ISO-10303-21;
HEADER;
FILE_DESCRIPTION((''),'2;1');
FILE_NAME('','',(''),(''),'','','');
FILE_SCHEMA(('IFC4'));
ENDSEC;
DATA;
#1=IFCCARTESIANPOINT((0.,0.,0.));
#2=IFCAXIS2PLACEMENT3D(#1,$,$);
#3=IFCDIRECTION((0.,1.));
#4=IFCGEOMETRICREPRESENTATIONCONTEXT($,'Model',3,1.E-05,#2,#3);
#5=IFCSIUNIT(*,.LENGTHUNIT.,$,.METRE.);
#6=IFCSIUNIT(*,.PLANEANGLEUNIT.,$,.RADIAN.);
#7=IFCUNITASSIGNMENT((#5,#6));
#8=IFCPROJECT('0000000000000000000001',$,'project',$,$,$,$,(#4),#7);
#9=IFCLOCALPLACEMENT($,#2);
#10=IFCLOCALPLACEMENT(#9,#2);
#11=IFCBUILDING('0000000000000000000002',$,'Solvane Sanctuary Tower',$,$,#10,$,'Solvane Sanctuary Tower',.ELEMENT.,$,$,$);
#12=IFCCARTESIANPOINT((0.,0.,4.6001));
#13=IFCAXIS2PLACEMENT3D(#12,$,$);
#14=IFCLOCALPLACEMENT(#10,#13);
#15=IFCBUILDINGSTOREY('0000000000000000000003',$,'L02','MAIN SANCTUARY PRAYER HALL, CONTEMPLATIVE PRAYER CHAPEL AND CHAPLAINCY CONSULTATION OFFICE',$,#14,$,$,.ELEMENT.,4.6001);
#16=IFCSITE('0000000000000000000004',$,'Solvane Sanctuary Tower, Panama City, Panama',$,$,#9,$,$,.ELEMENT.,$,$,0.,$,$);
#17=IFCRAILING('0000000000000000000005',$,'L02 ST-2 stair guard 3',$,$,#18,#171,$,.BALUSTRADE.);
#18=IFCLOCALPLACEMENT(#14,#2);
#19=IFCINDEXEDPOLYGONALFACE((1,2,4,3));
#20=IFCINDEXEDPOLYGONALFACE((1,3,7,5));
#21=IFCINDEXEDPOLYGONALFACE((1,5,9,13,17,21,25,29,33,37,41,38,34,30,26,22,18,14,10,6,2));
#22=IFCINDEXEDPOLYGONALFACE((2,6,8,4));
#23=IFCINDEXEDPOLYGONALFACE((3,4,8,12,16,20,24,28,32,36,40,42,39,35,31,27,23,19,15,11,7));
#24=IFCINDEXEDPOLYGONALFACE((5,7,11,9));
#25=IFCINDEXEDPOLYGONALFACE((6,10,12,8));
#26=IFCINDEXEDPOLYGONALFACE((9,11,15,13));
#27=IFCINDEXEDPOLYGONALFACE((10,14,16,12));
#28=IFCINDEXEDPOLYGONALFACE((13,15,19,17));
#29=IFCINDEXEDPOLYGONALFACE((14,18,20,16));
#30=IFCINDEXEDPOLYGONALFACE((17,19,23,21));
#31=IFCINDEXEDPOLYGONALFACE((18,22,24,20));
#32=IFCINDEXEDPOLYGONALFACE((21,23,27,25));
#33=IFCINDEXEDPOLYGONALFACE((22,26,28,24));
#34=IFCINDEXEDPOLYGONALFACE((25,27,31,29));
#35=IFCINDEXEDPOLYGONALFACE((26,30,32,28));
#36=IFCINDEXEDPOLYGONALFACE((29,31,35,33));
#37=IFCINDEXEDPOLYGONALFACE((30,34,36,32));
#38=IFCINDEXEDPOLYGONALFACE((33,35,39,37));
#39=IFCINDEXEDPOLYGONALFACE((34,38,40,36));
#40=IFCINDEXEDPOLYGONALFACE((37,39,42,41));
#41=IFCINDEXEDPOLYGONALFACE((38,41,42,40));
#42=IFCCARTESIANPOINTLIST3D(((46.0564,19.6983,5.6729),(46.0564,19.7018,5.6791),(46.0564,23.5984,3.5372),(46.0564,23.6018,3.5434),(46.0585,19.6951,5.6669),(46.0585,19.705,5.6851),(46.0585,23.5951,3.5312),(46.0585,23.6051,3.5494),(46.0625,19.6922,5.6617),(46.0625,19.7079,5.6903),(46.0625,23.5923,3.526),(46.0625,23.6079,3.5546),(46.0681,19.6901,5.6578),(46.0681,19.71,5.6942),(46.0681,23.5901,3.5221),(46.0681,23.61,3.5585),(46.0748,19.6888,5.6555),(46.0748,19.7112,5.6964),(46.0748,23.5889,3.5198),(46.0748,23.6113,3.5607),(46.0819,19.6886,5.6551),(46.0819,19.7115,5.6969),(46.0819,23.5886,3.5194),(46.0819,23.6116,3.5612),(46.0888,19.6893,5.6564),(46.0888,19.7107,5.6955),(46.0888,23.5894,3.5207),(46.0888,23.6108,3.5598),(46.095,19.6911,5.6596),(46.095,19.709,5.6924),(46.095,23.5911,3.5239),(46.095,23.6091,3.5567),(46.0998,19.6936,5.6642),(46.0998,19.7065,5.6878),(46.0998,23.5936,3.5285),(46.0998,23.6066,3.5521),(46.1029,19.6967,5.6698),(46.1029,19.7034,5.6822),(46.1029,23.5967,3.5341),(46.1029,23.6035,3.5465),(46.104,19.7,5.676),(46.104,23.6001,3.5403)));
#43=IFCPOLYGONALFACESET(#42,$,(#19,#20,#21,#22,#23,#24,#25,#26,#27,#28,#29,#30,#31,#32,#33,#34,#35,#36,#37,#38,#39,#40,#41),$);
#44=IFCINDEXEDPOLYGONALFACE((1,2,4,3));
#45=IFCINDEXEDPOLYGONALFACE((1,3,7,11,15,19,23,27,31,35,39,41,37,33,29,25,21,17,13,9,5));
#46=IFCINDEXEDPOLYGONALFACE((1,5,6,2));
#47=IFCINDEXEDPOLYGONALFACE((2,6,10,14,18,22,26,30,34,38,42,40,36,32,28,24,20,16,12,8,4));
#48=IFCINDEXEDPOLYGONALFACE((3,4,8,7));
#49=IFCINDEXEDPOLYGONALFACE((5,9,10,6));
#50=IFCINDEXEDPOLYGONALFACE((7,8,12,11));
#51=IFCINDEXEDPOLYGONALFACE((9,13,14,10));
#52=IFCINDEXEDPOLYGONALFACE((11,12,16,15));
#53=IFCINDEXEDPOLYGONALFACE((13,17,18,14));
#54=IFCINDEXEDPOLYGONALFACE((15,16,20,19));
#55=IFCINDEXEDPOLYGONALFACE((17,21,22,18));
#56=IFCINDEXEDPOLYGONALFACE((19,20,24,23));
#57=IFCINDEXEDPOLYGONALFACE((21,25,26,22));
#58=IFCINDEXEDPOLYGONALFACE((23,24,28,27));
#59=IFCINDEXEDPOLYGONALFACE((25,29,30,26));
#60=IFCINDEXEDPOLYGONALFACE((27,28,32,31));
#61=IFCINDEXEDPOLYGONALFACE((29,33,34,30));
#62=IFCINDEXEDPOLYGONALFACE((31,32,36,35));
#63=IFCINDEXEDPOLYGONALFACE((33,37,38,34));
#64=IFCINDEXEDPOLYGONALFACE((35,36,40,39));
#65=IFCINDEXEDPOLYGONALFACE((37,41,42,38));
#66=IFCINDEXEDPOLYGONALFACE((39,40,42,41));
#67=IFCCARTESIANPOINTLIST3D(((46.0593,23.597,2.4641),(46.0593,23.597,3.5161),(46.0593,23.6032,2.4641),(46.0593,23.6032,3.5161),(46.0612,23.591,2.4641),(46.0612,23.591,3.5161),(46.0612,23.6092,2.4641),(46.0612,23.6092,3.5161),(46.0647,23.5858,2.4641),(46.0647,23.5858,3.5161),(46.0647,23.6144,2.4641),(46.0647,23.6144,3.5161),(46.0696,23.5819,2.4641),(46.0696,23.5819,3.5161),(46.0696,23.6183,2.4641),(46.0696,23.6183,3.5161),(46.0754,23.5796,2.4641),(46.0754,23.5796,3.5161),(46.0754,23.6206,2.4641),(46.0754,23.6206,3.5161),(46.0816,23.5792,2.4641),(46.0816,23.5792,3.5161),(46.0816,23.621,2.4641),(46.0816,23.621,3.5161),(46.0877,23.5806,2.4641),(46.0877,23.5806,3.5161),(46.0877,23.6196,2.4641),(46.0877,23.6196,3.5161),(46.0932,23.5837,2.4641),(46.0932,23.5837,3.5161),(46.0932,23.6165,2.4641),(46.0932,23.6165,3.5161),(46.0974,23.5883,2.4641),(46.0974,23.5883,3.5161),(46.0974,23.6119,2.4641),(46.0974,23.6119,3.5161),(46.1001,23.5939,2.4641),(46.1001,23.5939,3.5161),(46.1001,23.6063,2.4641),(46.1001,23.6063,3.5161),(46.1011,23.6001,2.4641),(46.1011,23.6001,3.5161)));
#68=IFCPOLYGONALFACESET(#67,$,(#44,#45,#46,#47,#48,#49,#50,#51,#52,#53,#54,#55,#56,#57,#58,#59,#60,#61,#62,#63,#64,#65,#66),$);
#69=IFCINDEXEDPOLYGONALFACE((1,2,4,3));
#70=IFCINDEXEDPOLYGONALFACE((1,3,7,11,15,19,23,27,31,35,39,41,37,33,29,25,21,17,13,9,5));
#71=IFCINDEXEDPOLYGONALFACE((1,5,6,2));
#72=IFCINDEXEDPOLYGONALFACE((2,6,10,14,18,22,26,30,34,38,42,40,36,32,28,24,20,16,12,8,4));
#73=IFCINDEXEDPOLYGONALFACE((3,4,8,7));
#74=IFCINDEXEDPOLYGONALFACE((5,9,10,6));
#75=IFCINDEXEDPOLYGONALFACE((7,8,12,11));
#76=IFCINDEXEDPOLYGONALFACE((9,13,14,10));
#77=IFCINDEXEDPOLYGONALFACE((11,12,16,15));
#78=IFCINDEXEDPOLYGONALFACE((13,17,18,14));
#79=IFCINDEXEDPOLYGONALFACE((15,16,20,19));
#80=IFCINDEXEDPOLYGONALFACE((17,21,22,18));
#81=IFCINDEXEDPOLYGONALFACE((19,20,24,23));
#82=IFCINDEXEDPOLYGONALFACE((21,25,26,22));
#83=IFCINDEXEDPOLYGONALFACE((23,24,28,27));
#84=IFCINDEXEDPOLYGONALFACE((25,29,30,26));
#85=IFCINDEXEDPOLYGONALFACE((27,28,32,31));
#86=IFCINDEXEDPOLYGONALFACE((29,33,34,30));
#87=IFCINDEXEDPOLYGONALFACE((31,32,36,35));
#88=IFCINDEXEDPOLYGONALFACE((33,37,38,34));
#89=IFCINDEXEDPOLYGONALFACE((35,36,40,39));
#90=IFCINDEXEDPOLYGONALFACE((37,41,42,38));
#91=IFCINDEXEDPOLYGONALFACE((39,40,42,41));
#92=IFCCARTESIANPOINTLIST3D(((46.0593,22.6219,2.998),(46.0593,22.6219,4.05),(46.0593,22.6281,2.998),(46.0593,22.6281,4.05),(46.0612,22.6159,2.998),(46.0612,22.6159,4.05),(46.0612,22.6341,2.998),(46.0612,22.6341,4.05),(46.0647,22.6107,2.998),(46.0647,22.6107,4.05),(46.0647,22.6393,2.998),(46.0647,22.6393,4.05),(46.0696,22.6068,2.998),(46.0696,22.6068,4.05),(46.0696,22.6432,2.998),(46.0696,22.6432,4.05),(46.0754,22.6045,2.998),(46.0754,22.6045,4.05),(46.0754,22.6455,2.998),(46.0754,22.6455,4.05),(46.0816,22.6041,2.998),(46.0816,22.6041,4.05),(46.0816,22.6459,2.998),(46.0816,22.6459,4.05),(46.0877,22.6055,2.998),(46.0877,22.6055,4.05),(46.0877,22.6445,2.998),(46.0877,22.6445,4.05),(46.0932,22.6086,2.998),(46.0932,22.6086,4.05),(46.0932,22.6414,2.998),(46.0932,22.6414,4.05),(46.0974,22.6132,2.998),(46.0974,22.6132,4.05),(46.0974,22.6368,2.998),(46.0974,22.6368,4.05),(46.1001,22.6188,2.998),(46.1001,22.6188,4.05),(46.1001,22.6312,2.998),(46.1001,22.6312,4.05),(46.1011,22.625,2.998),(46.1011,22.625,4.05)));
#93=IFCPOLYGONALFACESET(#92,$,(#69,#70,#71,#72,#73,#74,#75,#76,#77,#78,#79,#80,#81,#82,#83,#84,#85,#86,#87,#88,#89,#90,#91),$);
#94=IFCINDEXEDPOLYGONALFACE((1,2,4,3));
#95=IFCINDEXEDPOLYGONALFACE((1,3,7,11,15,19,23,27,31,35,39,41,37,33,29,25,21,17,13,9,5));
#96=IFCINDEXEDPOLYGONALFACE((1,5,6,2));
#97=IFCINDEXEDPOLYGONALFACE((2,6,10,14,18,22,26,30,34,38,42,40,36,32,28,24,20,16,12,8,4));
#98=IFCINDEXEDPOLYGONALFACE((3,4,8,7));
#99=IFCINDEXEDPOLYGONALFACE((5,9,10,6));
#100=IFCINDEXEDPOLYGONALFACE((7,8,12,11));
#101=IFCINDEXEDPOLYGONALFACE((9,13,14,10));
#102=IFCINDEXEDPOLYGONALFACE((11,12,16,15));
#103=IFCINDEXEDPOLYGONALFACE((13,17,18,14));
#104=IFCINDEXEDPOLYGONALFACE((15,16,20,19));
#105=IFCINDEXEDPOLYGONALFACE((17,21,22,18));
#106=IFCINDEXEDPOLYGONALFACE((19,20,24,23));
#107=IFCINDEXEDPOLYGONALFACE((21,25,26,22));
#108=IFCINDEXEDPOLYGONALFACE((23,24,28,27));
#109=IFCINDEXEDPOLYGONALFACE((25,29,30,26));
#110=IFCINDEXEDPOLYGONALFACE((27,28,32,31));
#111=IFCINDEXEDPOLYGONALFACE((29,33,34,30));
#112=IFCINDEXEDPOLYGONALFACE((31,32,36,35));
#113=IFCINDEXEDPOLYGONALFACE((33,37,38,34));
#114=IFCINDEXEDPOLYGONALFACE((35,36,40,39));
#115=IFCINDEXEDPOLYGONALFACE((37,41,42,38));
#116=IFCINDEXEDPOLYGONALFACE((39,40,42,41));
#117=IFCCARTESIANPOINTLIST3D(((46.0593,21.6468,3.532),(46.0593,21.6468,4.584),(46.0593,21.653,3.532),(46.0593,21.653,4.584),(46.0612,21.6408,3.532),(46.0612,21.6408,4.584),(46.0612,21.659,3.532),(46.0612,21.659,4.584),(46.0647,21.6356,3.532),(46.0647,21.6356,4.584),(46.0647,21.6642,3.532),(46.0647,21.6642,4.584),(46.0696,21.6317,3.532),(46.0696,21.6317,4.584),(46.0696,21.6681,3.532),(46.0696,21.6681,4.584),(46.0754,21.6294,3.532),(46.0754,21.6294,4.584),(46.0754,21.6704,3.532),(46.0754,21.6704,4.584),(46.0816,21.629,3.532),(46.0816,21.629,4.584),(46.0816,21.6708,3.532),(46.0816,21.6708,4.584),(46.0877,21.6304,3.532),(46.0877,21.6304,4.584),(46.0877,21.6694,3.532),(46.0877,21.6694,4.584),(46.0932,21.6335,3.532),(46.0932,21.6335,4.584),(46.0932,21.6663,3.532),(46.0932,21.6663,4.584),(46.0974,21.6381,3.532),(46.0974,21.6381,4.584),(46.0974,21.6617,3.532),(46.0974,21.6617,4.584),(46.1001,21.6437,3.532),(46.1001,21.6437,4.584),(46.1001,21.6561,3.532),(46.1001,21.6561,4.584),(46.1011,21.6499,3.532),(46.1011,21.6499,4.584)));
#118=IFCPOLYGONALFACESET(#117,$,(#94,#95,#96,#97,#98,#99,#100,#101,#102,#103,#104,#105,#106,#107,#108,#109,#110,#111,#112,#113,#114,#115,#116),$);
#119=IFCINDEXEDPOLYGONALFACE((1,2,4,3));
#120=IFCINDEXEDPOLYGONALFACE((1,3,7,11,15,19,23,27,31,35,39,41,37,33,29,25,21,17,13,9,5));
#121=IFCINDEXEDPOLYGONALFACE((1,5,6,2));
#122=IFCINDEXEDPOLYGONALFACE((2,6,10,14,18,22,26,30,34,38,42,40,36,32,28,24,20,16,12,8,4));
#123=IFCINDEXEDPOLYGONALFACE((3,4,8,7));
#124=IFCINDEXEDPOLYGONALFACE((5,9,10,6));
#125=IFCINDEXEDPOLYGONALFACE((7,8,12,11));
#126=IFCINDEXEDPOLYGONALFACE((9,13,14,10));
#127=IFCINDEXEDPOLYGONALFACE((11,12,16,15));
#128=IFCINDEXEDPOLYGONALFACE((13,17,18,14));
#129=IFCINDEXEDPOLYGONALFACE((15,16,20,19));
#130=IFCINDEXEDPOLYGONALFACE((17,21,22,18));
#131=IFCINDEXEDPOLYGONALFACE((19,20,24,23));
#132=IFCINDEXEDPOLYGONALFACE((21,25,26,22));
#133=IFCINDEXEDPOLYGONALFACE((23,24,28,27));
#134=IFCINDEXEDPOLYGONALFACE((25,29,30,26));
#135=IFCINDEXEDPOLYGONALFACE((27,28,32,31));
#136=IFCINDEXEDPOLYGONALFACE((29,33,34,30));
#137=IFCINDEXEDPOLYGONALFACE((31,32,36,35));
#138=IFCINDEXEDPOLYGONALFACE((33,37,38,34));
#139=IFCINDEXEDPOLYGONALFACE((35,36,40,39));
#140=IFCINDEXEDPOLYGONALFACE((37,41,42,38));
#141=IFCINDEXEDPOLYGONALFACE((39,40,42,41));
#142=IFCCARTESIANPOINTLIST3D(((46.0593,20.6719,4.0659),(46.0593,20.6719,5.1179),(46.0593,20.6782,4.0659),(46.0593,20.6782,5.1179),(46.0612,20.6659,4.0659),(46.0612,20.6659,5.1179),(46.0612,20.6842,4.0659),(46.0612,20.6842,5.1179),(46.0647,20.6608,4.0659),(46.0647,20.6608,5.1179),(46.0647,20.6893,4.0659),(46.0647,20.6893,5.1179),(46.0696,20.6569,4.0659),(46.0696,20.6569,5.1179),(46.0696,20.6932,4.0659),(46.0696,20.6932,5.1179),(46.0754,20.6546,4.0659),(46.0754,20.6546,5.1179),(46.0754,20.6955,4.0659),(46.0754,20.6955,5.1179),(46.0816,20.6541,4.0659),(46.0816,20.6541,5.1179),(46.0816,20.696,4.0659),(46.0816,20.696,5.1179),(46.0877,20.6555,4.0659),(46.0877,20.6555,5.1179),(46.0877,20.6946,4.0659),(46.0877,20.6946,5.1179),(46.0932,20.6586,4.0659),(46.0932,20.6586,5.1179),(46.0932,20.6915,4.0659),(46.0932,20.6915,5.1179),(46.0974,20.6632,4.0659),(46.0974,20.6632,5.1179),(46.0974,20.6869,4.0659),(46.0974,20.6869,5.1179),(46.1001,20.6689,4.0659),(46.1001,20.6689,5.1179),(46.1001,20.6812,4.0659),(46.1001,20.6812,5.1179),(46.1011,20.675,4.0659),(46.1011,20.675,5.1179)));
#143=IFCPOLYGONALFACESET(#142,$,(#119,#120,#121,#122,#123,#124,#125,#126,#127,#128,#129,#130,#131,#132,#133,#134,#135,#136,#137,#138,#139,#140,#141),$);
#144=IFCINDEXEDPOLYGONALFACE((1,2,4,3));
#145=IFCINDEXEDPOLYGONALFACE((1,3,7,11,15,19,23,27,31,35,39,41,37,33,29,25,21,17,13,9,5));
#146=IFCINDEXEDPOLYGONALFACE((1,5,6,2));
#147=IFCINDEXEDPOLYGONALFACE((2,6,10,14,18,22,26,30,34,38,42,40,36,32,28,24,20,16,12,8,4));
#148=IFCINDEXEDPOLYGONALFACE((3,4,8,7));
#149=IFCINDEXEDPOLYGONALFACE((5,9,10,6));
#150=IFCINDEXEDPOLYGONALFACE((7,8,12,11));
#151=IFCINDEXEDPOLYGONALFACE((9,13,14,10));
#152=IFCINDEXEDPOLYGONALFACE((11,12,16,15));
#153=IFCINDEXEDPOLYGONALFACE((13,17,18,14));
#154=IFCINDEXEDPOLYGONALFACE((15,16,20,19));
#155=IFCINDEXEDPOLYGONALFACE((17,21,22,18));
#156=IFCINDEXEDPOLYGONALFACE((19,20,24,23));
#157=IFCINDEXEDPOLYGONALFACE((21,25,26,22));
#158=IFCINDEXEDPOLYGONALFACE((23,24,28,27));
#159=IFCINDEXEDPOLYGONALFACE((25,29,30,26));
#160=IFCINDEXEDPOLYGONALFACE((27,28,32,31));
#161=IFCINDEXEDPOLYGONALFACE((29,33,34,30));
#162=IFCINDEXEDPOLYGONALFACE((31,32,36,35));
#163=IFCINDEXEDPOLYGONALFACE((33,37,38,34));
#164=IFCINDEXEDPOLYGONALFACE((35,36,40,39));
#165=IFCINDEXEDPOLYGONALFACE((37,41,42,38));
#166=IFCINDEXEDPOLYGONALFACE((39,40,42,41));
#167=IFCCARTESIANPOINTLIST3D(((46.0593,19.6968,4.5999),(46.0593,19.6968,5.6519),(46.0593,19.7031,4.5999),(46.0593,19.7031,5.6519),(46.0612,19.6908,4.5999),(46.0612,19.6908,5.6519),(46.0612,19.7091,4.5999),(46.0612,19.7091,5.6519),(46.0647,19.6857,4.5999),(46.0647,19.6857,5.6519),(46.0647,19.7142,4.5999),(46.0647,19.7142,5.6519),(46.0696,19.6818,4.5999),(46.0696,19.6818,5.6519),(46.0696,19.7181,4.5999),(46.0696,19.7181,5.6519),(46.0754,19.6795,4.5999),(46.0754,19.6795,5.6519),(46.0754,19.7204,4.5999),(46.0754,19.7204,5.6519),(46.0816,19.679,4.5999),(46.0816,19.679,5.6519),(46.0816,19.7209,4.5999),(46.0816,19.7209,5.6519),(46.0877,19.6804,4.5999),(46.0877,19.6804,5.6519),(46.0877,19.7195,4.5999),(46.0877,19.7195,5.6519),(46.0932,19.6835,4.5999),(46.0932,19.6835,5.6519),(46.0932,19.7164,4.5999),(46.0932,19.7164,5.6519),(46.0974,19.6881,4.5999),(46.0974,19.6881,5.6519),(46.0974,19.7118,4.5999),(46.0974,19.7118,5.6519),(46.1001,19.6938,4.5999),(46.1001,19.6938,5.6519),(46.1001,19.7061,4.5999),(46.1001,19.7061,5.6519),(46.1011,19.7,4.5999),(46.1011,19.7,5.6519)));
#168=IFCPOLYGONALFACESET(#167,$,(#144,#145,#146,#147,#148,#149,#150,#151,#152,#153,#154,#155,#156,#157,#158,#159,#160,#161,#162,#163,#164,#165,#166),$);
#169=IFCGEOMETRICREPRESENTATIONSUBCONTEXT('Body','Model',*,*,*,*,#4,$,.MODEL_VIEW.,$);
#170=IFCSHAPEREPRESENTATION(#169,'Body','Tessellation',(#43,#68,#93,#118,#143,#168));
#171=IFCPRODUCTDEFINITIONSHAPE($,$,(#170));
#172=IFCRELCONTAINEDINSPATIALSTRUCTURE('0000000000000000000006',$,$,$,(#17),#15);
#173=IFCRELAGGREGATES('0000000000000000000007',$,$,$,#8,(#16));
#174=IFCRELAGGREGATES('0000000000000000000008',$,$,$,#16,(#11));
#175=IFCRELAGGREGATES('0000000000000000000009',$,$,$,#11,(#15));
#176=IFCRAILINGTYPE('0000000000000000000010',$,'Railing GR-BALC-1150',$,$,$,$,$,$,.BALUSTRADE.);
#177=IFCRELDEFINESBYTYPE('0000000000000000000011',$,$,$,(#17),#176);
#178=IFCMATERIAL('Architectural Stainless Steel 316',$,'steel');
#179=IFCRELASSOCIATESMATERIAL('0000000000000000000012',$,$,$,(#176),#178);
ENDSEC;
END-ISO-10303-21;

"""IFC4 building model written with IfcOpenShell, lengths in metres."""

from ifc_helpers import new_model, si_unit, direction, frame, origin, origin_2d, place, context, subcontext, project, spatial, circle, extrude, material, type_object, element, save


model = new_model("IFC4")

# Units and contexts
model_context = context("Model", 3, precision=1e-05, world=origin(), true_north=direction((0.0, 1.0)))
body_context = subcontext(model_context, "Body", "Model", "MODEL_VIEW")
ifc_project = project(units=[si_unit("LENGTHUNIT", "METRE"), si_unit("PLANEANGLEUNIT", "RADIAN")], contexts=[model_context])

# Site, building, storey
site_placement = place(None, origin())
site = spatial("IfcSite", under=ifc_project, at=site_placement, Name="Solvane Sanctuary Tower, Panama City, Panama", CompositionType="ELEMENT", RefElevation=0.0)
building_placement = place(site_placement, origin())
building = spatial("IfcBuilding", under=site, at=building_placement, Name="Solvane Sanctuary Tower", LongName="Solvane Sanctuary Tower", CompositionType="ELEMENT")
storey_placement = place(building_placement, frame((0.0, 0.0, 4.6001)))
storey = spatial("IfcBuildingStorey", under=building, at=storey_placement, Name="L02", Description="MAIN SANCTUARY PRAYER HALL, CONTEMPLATIVE PRAYER CHAPEL AND CHAPLAINCY CONSULTATION OFFICE", CompositionType="ELEMENT", Elevation=4.6001)

# Shared definitions
ifc_material_1 = material(Name="Architectural Stainless Steel 316", Category="steel")

# Railing
railing_type_1 = type_object("IfcRailingType", Name="Railing GR-BALC-1150", PredefinedType="BALUSTRADE", material=ifc_material_1)
railing_1_placement = place(storey_placement, frame((46.0801, 23.6001, 2.4641)))
element("IfcRailing", 1, at=railing_1_placement, inside=storey, type_object=railing_type_1, Name="L02 ST-2 stair guard 3", PredefinedType="BALUSTRADE", context=body_context, shape_type="SweptSolid", body=[
    extrude(circle(Radius=0.0239, at=origin_2d()), frame((0.0, 0.0, 1.0762), z_axis=(0.0, -0.877101, 0.480306), x_axis=(1.0, 0.0, 0.0)), (0.0, 0.0, 1.0), 4.4465),
    extrude(circle(Radius=0.021, at=origin_2d()), origin(), (0.0, 0.0, 1.0), 1.052),
    extrude(circle(Radius=0.021, at=origin_2d()), frame((0.0, -0.9751, 0.5339)), (0.0, 0.0, 1.0), 1.052),
    extrude(circle(Radius=0.021, at=origin_2d()), frame((0.0, -1.9502, 1.0679)), (0.0, 0.0, 1.0), 1.052),
    extrude(circle(Radius=0.021, at=origin_2d()), frame((0.0, -2.925, 1.6018)), (0.0, 0.0, 1.0), 1.052),
    extrude(circle(Radius=0.021, at=origin_2d()), frame((0.0, -3.9001, 2.1357)), (0.0, 0.0, 1.0), 1.052),
])

save(model, "model.ifc")
